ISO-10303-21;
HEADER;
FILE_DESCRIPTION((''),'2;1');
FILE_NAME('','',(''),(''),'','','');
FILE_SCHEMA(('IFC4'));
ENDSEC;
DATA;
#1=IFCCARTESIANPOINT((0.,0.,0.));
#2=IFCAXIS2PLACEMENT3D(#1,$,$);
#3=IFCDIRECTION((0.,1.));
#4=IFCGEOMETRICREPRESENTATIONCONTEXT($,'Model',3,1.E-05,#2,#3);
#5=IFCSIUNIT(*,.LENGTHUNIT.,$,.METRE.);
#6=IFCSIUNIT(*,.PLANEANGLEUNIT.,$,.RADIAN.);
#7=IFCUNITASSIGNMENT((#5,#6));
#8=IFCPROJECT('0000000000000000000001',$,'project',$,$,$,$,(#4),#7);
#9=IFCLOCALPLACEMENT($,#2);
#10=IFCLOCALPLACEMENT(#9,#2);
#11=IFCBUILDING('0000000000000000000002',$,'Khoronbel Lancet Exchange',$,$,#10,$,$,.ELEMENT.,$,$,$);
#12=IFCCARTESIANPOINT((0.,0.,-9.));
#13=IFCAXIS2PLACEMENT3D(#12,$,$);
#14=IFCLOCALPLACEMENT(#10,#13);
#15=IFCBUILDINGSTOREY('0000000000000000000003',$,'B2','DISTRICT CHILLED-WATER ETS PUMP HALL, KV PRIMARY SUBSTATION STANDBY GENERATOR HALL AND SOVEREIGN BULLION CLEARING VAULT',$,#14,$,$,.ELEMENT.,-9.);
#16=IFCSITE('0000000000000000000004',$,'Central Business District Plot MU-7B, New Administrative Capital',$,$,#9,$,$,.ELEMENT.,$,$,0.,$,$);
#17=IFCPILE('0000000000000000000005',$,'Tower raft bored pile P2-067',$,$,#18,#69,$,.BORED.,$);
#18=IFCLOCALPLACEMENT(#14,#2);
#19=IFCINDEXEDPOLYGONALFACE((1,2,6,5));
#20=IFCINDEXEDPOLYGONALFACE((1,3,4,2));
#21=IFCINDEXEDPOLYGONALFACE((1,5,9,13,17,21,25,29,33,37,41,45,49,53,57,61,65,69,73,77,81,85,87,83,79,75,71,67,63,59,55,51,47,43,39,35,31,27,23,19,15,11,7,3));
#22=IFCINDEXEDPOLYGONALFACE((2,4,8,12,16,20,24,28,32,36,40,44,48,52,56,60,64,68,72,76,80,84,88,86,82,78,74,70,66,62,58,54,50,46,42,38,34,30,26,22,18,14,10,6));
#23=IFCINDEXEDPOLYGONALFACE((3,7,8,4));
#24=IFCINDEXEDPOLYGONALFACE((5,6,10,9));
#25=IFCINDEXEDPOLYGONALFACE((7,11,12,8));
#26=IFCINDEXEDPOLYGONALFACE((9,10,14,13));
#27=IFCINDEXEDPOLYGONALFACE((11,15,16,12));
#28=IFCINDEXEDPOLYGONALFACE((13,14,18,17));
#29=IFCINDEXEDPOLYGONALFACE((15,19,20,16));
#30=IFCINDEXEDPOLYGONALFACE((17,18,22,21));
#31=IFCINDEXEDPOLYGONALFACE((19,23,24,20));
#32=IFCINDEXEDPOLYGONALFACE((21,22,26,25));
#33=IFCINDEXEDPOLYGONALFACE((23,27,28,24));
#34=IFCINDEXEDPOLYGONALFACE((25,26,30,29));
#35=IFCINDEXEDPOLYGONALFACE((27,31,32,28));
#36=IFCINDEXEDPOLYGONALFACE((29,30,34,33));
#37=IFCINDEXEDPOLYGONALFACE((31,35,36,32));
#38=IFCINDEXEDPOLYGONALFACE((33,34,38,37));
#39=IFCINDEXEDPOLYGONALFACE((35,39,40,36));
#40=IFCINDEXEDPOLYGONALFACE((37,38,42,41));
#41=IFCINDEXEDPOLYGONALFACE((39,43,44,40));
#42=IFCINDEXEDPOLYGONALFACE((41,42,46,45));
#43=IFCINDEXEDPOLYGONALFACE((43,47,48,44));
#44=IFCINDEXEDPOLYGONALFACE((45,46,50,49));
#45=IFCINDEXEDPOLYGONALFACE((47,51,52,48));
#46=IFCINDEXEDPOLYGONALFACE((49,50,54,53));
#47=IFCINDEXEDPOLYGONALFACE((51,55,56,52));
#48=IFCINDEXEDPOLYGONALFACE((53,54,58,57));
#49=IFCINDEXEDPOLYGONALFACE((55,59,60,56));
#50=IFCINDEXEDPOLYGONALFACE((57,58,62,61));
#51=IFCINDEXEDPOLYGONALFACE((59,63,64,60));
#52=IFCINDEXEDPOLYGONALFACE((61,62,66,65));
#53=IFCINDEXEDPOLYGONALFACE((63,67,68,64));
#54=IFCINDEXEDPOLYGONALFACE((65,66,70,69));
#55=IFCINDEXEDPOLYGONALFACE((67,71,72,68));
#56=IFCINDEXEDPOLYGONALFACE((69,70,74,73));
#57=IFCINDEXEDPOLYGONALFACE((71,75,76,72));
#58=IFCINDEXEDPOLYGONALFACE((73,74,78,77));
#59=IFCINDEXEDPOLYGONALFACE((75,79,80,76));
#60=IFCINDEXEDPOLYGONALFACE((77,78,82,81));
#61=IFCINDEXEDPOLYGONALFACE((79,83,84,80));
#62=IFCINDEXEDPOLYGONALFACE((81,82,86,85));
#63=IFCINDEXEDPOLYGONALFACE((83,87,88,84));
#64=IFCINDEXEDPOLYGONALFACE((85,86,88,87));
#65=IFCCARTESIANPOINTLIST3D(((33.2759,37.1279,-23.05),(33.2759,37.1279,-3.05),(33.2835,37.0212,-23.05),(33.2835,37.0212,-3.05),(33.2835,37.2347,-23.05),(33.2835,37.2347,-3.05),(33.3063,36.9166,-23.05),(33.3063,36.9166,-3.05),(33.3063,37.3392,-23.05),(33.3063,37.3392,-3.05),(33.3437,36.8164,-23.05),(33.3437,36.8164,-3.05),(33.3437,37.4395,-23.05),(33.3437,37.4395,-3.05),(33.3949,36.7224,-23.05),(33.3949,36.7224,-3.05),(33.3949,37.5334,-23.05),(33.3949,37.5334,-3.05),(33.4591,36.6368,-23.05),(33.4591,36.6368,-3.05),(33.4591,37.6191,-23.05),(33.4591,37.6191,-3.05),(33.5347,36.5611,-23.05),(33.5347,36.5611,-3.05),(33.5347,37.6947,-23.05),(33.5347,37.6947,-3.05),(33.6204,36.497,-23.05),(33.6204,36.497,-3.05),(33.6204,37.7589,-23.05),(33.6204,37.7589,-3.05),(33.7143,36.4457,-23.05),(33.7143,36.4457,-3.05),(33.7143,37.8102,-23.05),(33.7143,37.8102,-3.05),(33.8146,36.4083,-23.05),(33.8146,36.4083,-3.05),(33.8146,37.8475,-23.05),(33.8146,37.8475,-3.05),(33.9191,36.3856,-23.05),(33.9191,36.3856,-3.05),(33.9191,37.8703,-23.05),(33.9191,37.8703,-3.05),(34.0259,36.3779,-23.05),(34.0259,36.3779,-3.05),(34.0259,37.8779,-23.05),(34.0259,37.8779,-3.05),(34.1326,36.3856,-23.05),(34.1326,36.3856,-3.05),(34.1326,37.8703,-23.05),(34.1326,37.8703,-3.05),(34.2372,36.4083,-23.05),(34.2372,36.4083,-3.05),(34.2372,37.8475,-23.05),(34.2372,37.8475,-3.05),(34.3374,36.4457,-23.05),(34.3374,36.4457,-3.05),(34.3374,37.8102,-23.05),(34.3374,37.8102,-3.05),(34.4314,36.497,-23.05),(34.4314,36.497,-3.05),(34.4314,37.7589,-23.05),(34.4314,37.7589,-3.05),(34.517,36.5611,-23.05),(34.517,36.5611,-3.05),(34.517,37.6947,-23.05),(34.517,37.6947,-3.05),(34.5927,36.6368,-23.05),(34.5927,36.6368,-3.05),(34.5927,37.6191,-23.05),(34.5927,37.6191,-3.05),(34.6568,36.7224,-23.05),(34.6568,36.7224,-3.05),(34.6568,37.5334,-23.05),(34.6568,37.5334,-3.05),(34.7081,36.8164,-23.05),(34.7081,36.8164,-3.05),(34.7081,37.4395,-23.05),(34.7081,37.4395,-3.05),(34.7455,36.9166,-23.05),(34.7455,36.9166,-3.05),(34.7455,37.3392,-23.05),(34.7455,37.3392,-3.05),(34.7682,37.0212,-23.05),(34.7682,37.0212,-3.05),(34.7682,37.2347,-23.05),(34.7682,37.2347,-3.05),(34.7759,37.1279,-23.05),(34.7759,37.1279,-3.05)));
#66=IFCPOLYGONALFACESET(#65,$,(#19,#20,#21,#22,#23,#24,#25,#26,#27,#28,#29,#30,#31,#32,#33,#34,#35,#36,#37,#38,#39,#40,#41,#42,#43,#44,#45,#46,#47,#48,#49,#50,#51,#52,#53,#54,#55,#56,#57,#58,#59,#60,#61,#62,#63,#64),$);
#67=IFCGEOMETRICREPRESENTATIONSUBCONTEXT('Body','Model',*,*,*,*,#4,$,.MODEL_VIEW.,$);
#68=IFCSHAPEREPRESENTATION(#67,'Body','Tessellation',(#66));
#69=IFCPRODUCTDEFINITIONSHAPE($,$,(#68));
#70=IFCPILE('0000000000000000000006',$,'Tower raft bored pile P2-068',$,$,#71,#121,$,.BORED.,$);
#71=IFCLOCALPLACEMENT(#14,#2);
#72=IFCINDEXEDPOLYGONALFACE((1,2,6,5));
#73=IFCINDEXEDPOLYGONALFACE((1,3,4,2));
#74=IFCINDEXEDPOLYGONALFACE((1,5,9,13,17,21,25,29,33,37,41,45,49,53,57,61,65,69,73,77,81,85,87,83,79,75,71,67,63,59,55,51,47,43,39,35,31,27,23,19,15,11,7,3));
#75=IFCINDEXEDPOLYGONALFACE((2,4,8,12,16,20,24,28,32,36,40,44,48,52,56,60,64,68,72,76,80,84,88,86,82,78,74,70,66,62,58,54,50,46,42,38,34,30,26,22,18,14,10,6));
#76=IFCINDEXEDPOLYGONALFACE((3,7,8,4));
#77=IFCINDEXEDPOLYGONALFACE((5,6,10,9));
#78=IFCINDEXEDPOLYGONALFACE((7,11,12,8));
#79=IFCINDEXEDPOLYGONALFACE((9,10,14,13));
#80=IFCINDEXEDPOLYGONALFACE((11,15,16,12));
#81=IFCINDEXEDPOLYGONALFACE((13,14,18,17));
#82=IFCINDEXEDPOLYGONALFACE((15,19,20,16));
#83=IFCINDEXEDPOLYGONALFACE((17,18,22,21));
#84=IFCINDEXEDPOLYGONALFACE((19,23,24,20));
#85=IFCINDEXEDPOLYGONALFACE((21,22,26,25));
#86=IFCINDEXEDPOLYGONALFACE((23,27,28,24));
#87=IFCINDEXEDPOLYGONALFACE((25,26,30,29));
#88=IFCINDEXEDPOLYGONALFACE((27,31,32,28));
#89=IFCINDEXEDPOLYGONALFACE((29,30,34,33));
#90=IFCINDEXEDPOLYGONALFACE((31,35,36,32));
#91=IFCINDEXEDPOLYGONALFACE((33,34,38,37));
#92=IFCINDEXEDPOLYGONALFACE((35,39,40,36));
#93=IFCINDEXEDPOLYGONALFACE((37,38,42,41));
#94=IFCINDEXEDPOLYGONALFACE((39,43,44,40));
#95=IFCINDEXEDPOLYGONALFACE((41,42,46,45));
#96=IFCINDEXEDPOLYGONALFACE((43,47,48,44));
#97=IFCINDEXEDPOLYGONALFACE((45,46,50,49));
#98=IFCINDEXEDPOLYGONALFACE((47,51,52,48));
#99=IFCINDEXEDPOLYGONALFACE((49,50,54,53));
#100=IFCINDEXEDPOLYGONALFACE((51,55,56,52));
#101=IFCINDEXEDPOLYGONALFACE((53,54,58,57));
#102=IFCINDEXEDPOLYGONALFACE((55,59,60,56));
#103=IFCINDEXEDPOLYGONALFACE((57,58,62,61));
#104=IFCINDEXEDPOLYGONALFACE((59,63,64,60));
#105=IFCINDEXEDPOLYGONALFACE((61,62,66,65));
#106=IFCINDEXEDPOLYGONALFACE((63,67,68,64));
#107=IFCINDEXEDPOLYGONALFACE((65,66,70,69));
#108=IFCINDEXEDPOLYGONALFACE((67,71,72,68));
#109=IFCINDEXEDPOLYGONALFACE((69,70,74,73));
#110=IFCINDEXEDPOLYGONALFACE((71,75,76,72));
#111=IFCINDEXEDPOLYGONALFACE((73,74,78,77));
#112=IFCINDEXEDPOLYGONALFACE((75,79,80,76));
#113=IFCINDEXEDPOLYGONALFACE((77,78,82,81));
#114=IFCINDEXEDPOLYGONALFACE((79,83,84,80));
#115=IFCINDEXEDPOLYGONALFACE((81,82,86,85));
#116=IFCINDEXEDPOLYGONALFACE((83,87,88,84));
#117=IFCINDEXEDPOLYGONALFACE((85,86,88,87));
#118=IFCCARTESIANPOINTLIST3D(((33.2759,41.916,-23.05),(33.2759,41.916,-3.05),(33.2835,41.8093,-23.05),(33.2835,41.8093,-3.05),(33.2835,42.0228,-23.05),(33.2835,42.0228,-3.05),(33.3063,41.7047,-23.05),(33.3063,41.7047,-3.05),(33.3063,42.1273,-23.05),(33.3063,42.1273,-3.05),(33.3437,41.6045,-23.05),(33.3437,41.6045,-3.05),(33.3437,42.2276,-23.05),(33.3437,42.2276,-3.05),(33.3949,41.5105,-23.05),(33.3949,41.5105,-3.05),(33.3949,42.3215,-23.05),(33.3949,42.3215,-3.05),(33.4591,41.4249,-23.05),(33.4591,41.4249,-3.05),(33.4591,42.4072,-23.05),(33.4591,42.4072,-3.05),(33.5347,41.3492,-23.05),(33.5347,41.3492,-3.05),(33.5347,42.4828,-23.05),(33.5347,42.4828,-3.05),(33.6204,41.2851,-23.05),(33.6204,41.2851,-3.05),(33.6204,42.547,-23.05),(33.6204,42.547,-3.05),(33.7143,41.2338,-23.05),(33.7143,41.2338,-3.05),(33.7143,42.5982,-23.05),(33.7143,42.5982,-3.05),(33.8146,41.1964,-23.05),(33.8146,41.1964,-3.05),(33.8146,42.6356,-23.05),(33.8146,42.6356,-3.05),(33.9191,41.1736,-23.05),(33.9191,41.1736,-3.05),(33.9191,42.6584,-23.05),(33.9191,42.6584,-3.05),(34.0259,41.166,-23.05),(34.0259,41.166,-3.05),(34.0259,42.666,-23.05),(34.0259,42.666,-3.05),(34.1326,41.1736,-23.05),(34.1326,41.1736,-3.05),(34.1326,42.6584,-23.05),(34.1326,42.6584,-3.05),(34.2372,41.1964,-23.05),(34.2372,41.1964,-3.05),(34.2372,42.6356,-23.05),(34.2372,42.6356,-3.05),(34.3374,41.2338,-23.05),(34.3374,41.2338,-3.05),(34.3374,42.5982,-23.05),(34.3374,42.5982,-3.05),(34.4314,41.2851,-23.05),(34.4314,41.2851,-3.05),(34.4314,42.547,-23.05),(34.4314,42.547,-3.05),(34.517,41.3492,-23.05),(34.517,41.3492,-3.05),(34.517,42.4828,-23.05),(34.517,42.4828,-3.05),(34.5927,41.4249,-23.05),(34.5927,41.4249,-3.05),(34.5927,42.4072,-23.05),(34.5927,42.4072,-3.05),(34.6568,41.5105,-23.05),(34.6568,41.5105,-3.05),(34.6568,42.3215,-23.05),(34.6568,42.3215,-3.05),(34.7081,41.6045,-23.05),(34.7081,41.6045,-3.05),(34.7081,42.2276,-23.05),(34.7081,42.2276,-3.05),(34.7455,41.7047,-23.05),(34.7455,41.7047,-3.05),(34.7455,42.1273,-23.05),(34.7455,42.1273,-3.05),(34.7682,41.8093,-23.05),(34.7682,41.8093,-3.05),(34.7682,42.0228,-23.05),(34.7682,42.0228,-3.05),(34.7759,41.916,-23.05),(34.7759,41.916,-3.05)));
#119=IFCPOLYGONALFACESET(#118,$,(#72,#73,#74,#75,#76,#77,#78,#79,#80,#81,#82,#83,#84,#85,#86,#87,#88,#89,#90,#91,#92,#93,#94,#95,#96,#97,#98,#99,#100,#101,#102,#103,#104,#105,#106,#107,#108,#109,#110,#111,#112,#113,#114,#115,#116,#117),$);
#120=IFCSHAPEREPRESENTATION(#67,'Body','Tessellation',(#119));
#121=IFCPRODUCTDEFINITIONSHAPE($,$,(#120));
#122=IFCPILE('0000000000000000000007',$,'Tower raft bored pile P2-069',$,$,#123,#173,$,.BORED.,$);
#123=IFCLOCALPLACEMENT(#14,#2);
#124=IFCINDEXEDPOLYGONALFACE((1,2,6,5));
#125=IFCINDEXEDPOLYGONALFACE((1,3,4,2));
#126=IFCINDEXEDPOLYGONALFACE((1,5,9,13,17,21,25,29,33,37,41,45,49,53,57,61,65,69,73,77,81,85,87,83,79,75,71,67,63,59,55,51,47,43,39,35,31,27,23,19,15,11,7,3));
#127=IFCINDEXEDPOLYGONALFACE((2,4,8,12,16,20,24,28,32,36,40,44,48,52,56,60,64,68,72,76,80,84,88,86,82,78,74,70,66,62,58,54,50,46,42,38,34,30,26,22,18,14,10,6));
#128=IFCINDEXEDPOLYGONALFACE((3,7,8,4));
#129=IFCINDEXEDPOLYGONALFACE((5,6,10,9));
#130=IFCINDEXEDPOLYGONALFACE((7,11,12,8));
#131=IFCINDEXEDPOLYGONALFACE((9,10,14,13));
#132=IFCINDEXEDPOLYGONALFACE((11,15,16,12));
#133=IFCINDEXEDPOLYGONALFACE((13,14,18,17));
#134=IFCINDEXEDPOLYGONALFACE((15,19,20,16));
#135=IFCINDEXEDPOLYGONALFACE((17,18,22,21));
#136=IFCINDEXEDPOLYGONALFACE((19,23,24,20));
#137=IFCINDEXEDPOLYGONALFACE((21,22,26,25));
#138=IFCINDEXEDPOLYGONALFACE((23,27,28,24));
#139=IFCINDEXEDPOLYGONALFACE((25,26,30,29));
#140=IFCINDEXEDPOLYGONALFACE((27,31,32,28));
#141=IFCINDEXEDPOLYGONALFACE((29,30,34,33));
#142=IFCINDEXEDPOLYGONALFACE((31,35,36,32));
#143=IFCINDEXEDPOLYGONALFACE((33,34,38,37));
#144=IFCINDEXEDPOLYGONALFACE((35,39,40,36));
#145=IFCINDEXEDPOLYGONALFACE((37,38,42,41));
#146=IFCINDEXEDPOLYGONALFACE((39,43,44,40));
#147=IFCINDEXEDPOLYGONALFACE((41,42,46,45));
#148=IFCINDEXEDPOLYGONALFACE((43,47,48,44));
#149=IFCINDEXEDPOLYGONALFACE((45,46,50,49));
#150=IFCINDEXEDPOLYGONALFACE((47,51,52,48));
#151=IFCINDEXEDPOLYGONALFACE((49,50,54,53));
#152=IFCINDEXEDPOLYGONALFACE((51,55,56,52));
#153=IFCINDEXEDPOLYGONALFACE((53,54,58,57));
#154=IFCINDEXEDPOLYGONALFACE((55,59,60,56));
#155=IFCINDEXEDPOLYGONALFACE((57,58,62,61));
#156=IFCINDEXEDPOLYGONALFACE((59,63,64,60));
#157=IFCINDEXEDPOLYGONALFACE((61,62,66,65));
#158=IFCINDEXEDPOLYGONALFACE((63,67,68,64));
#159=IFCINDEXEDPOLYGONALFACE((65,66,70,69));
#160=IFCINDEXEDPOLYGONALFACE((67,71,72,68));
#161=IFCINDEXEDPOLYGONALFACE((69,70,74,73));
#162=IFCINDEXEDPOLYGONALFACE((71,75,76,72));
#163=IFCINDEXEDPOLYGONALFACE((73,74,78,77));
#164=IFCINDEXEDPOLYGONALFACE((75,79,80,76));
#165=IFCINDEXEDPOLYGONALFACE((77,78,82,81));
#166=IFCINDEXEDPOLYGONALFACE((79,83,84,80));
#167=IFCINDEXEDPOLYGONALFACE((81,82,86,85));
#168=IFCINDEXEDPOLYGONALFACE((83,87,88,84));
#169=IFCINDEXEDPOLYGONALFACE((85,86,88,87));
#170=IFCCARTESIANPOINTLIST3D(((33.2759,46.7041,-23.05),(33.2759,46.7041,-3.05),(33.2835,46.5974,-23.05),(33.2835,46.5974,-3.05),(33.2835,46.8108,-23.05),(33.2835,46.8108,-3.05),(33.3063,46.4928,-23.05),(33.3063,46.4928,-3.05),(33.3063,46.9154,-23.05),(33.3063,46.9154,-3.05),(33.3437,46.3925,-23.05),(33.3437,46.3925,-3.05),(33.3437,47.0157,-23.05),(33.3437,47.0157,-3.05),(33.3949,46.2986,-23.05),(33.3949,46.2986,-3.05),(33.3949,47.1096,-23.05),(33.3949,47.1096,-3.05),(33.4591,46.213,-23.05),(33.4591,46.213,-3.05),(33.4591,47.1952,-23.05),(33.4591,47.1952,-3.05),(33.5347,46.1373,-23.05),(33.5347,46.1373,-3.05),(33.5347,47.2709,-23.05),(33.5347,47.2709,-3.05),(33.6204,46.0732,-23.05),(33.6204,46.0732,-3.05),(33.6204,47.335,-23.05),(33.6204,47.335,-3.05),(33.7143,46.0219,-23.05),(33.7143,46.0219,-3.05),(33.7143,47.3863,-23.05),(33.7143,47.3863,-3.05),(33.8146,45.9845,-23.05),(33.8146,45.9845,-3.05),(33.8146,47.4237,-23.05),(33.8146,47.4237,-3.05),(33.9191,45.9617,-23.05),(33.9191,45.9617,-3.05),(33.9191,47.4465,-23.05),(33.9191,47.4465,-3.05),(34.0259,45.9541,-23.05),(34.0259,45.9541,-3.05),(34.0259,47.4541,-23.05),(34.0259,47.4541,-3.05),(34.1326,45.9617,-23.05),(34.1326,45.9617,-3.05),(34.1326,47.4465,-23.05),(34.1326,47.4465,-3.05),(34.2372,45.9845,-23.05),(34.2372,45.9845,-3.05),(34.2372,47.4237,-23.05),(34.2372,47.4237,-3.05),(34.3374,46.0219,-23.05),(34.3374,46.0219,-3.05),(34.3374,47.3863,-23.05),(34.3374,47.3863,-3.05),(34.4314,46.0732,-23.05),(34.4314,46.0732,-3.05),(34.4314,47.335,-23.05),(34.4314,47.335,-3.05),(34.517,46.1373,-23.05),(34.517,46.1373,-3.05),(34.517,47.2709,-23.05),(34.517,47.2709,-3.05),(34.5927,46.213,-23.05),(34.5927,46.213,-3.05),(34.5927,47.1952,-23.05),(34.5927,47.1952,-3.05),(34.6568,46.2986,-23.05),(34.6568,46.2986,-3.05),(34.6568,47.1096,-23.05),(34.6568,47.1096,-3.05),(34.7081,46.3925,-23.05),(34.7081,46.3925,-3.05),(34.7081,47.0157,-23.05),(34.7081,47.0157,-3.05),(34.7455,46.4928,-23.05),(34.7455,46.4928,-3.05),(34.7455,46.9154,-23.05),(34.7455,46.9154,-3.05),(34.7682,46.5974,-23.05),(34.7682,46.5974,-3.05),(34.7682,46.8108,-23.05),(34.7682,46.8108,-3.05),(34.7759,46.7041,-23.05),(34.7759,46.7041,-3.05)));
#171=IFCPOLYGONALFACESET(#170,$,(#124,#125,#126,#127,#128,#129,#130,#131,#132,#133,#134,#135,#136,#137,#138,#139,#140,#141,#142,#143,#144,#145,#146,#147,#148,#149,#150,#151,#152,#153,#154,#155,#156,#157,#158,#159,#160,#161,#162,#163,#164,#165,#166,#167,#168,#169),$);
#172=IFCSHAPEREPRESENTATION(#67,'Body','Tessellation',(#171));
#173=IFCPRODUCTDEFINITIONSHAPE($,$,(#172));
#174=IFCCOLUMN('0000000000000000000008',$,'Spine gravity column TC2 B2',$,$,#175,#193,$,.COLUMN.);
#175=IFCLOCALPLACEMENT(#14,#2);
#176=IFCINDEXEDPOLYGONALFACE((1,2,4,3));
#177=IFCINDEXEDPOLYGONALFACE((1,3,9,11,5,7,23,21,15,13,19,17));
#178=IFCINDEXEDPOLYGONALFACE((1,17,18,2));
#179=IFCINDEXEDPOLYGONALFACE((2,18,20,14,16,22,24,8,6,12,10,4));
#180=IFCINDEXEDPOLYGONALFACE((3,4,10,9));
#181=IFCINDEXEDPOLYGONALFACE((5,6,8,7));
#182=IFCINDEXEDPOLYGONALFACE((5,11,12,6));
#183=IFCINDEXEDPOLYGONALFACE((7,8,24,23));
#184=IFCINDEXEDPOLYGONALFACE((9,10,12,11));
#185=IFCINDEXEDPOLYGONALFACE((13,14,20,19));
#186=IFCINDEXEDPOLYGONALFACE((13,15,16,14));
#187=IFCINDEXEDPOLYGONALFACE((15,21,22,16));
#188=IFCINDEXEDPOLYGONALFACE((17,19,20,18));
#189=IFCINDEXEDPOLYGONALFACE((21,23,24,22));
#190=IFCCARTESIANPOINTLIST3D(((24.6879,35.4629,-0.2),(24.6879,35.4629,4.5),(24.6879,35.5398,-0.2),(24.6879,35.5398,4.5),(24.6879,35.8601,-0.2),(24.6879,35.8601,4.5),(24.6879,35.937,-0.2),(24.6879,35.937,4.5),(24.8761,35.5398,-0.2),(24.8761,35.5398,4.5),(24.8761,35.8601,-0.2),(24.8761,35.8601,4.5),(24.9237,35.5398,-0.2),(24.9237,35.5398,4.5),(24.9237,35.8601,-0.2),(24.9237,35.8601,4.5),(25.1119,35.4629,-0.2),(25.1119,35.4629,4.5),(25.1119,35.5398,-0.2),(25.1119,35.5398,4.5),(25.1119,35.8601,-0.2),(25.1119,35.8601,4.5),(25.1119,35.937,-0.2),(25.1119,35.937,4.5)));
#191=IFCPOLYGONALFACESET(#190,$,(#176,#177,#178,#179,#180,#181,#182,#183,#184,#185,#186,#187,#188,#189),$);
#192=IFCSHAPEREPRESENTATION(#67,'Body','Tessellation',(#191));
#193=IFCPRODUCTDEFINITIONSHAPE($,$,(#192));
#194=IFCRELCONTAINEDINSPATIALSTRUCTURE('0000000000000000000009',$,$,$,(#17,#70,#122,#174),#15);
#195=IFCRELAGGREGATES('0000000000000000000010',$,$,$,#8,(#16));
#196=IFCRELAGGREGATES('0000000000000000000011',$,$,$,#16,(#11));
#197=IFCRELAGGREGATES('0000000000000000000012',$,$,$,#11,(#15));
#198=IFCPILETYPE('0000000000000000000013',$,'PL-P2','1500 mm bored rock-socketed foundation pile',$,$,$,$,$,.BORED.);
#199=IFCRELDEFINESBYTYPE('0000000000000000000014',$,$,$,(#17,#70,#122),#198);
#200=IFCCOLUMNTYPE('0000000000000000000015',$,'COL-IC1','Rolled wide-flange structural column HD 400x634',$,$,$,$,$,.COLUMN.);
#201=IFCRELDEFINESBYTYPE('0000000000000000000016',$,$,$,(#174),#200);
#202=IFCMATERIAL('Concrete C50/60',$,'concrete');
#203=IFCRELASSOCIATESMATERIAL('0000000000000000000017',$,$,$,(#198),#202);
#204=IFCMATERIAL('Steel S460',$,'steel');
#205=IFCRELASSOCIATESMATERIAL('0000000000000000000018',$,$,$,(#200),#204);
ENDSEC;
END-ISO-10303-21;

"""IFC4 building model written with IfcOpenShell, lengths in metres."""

from ifc_helpers import new_model, si_unit, direction, frame, origin, origin_2d, place, context, subcontext, project, spatial, circle, i_section, extrude, material, material_profile, profile_set, type_object, element, save


model = new_model("IFC4")

# Units and contexts
model_context = context("Model", 3, precision=1e-05, world=origin(), true_north=direction((0.0, 1.0)))
body_context = subcontext(model_context, "Body", "Model", "MODEL_VIEW")
ifc_project = project(units=[si_unit("LENGTHUNIT", "METRE"), si_unit("PLANEANGLEUNIT", "RADIAN")], contexts=[model_context])

# Site, building, storey
site_placement = place(None, origin())
site = spatial("IfcSite", under=ifc_project, at=site_placement, Name="Central Business District Plot MU-7B, New Administrative Capital", CompositionType="ELEMENT", RefElevation=0.0)
building_placement = place(site_placement, origin())
building = spatial("IfcBuilding", under=site, at=building_placement, Name="Khoronbel Lancet Exchange", CompositionType="ELEMENT")
storey_placement = place(building_placement, frame((0.0, 0.0, -9.0)))
storey = spatial("IfcBuildingStorey", under=building, at=storey_placement, Name="B2", Description="DISTRICT CHILLED-WATER ETS PUMP HALL, KV PRIMARY SUBSTATION STANDBY GENERATOR HALL AND SOVEREIGN BULLION CLEARING VAULT", CompositionType="ELEMENT", Elevation=-9.0)

# Piles
ifc_material_1 = material(Name="Concrete C50/60", Category="concrete")
ifc_material_profile_1 = material_profile(ifc_material_1, circle(Radius=0.75, at=origin_2d()), Name="BORED PILE D1500")
ifc_profile_set_1 = profile_set([ifc_material_profile_1], Name="Concrete C50/60")
pile_type = type_object("IfcPileType", Name="PL-P2", Description="1500 mm bored rock-socketed foundation pile", PredefinedType="BORED", material=ifc_profile_set_1)
for number, where, z_axis, x_axis, name in (
    (1, (34.0259, 37.1279, -3.05), (0.0, 0.0, -1.0), (1.0, 0.0, 0.0), "Tower raft bored pile P2-067"),
    (2, (34.0259, 41.916, -3.05), (0.0, 0.0, -1.0), (1.0, 0.0, 0.0), "Tower raft bored pile P2-068"),
    (3, (34.0259, 46.7041, -3.05), (0.0, 0.0, -1.0), (1.0, 0.0, 0.0), "Tower raft bored pile P2-069"),
):
    element("IfcPile", number, at=place(storey_placement, frame(where, z_axis=z_axis, x_axis=x_axis)), inside=storey, type_object=pile_type, Name=name, PredefinedType="BORED", context=body_context, shape_type="SweptSolid", body=[
        extrude(circle(Radius=0.75, at=origin_2d()), origin(), (0.0, 0.0, 1.0), 20.0),
    ])

# Column
ifc_material_2 = material(Name="Steel S460", Category="steel")
ifc_material_profile_2 = material_profile(ifc_material_2, i_section(OverallWidth=0.4241, OverallDepth=0.4741, WebThickness=0.0476, FlangeThickness=0.0769, at=origin_2d()), Name="HD 400x634")
ifc_profile_set_2 = profile_set([ifc_material_profile_2], Name="Steel S460")
column_type = type_object("IfcColumnType", Name="COL-IC1", Description="Rolled wide-flange structural column HD 400x634", PredefinedType="COLUMN", material=ifc_profile_set_2)
for number, where, z_axis, x_axis, name in (
    (4, (24.8999, 35.7, -0.2), (0.0, 0.0, 1.0), (1.0, 0.0, 0.0), "Spine gravity column TC2 B2"),
):
    element("IfcColumn", number, at=place(storey_placement, frame(where, z_axis=z_axis, x_axis=x_axis)), inside=storey, type_object=column_type, Name=name, PredefinedType="COLUMN", context=body_context, shape_type="SweptSolid", body=[
        extrude(i_section(OverallWidth=0.4241, OverallDepth=0.4741, WebThickness=0.0476, FlangeThickness=0.0769, at=origin_2d()), origin(), (0.0, 0.0, 1.0), 4.7),
    ])

save(model, "model.ifc")
